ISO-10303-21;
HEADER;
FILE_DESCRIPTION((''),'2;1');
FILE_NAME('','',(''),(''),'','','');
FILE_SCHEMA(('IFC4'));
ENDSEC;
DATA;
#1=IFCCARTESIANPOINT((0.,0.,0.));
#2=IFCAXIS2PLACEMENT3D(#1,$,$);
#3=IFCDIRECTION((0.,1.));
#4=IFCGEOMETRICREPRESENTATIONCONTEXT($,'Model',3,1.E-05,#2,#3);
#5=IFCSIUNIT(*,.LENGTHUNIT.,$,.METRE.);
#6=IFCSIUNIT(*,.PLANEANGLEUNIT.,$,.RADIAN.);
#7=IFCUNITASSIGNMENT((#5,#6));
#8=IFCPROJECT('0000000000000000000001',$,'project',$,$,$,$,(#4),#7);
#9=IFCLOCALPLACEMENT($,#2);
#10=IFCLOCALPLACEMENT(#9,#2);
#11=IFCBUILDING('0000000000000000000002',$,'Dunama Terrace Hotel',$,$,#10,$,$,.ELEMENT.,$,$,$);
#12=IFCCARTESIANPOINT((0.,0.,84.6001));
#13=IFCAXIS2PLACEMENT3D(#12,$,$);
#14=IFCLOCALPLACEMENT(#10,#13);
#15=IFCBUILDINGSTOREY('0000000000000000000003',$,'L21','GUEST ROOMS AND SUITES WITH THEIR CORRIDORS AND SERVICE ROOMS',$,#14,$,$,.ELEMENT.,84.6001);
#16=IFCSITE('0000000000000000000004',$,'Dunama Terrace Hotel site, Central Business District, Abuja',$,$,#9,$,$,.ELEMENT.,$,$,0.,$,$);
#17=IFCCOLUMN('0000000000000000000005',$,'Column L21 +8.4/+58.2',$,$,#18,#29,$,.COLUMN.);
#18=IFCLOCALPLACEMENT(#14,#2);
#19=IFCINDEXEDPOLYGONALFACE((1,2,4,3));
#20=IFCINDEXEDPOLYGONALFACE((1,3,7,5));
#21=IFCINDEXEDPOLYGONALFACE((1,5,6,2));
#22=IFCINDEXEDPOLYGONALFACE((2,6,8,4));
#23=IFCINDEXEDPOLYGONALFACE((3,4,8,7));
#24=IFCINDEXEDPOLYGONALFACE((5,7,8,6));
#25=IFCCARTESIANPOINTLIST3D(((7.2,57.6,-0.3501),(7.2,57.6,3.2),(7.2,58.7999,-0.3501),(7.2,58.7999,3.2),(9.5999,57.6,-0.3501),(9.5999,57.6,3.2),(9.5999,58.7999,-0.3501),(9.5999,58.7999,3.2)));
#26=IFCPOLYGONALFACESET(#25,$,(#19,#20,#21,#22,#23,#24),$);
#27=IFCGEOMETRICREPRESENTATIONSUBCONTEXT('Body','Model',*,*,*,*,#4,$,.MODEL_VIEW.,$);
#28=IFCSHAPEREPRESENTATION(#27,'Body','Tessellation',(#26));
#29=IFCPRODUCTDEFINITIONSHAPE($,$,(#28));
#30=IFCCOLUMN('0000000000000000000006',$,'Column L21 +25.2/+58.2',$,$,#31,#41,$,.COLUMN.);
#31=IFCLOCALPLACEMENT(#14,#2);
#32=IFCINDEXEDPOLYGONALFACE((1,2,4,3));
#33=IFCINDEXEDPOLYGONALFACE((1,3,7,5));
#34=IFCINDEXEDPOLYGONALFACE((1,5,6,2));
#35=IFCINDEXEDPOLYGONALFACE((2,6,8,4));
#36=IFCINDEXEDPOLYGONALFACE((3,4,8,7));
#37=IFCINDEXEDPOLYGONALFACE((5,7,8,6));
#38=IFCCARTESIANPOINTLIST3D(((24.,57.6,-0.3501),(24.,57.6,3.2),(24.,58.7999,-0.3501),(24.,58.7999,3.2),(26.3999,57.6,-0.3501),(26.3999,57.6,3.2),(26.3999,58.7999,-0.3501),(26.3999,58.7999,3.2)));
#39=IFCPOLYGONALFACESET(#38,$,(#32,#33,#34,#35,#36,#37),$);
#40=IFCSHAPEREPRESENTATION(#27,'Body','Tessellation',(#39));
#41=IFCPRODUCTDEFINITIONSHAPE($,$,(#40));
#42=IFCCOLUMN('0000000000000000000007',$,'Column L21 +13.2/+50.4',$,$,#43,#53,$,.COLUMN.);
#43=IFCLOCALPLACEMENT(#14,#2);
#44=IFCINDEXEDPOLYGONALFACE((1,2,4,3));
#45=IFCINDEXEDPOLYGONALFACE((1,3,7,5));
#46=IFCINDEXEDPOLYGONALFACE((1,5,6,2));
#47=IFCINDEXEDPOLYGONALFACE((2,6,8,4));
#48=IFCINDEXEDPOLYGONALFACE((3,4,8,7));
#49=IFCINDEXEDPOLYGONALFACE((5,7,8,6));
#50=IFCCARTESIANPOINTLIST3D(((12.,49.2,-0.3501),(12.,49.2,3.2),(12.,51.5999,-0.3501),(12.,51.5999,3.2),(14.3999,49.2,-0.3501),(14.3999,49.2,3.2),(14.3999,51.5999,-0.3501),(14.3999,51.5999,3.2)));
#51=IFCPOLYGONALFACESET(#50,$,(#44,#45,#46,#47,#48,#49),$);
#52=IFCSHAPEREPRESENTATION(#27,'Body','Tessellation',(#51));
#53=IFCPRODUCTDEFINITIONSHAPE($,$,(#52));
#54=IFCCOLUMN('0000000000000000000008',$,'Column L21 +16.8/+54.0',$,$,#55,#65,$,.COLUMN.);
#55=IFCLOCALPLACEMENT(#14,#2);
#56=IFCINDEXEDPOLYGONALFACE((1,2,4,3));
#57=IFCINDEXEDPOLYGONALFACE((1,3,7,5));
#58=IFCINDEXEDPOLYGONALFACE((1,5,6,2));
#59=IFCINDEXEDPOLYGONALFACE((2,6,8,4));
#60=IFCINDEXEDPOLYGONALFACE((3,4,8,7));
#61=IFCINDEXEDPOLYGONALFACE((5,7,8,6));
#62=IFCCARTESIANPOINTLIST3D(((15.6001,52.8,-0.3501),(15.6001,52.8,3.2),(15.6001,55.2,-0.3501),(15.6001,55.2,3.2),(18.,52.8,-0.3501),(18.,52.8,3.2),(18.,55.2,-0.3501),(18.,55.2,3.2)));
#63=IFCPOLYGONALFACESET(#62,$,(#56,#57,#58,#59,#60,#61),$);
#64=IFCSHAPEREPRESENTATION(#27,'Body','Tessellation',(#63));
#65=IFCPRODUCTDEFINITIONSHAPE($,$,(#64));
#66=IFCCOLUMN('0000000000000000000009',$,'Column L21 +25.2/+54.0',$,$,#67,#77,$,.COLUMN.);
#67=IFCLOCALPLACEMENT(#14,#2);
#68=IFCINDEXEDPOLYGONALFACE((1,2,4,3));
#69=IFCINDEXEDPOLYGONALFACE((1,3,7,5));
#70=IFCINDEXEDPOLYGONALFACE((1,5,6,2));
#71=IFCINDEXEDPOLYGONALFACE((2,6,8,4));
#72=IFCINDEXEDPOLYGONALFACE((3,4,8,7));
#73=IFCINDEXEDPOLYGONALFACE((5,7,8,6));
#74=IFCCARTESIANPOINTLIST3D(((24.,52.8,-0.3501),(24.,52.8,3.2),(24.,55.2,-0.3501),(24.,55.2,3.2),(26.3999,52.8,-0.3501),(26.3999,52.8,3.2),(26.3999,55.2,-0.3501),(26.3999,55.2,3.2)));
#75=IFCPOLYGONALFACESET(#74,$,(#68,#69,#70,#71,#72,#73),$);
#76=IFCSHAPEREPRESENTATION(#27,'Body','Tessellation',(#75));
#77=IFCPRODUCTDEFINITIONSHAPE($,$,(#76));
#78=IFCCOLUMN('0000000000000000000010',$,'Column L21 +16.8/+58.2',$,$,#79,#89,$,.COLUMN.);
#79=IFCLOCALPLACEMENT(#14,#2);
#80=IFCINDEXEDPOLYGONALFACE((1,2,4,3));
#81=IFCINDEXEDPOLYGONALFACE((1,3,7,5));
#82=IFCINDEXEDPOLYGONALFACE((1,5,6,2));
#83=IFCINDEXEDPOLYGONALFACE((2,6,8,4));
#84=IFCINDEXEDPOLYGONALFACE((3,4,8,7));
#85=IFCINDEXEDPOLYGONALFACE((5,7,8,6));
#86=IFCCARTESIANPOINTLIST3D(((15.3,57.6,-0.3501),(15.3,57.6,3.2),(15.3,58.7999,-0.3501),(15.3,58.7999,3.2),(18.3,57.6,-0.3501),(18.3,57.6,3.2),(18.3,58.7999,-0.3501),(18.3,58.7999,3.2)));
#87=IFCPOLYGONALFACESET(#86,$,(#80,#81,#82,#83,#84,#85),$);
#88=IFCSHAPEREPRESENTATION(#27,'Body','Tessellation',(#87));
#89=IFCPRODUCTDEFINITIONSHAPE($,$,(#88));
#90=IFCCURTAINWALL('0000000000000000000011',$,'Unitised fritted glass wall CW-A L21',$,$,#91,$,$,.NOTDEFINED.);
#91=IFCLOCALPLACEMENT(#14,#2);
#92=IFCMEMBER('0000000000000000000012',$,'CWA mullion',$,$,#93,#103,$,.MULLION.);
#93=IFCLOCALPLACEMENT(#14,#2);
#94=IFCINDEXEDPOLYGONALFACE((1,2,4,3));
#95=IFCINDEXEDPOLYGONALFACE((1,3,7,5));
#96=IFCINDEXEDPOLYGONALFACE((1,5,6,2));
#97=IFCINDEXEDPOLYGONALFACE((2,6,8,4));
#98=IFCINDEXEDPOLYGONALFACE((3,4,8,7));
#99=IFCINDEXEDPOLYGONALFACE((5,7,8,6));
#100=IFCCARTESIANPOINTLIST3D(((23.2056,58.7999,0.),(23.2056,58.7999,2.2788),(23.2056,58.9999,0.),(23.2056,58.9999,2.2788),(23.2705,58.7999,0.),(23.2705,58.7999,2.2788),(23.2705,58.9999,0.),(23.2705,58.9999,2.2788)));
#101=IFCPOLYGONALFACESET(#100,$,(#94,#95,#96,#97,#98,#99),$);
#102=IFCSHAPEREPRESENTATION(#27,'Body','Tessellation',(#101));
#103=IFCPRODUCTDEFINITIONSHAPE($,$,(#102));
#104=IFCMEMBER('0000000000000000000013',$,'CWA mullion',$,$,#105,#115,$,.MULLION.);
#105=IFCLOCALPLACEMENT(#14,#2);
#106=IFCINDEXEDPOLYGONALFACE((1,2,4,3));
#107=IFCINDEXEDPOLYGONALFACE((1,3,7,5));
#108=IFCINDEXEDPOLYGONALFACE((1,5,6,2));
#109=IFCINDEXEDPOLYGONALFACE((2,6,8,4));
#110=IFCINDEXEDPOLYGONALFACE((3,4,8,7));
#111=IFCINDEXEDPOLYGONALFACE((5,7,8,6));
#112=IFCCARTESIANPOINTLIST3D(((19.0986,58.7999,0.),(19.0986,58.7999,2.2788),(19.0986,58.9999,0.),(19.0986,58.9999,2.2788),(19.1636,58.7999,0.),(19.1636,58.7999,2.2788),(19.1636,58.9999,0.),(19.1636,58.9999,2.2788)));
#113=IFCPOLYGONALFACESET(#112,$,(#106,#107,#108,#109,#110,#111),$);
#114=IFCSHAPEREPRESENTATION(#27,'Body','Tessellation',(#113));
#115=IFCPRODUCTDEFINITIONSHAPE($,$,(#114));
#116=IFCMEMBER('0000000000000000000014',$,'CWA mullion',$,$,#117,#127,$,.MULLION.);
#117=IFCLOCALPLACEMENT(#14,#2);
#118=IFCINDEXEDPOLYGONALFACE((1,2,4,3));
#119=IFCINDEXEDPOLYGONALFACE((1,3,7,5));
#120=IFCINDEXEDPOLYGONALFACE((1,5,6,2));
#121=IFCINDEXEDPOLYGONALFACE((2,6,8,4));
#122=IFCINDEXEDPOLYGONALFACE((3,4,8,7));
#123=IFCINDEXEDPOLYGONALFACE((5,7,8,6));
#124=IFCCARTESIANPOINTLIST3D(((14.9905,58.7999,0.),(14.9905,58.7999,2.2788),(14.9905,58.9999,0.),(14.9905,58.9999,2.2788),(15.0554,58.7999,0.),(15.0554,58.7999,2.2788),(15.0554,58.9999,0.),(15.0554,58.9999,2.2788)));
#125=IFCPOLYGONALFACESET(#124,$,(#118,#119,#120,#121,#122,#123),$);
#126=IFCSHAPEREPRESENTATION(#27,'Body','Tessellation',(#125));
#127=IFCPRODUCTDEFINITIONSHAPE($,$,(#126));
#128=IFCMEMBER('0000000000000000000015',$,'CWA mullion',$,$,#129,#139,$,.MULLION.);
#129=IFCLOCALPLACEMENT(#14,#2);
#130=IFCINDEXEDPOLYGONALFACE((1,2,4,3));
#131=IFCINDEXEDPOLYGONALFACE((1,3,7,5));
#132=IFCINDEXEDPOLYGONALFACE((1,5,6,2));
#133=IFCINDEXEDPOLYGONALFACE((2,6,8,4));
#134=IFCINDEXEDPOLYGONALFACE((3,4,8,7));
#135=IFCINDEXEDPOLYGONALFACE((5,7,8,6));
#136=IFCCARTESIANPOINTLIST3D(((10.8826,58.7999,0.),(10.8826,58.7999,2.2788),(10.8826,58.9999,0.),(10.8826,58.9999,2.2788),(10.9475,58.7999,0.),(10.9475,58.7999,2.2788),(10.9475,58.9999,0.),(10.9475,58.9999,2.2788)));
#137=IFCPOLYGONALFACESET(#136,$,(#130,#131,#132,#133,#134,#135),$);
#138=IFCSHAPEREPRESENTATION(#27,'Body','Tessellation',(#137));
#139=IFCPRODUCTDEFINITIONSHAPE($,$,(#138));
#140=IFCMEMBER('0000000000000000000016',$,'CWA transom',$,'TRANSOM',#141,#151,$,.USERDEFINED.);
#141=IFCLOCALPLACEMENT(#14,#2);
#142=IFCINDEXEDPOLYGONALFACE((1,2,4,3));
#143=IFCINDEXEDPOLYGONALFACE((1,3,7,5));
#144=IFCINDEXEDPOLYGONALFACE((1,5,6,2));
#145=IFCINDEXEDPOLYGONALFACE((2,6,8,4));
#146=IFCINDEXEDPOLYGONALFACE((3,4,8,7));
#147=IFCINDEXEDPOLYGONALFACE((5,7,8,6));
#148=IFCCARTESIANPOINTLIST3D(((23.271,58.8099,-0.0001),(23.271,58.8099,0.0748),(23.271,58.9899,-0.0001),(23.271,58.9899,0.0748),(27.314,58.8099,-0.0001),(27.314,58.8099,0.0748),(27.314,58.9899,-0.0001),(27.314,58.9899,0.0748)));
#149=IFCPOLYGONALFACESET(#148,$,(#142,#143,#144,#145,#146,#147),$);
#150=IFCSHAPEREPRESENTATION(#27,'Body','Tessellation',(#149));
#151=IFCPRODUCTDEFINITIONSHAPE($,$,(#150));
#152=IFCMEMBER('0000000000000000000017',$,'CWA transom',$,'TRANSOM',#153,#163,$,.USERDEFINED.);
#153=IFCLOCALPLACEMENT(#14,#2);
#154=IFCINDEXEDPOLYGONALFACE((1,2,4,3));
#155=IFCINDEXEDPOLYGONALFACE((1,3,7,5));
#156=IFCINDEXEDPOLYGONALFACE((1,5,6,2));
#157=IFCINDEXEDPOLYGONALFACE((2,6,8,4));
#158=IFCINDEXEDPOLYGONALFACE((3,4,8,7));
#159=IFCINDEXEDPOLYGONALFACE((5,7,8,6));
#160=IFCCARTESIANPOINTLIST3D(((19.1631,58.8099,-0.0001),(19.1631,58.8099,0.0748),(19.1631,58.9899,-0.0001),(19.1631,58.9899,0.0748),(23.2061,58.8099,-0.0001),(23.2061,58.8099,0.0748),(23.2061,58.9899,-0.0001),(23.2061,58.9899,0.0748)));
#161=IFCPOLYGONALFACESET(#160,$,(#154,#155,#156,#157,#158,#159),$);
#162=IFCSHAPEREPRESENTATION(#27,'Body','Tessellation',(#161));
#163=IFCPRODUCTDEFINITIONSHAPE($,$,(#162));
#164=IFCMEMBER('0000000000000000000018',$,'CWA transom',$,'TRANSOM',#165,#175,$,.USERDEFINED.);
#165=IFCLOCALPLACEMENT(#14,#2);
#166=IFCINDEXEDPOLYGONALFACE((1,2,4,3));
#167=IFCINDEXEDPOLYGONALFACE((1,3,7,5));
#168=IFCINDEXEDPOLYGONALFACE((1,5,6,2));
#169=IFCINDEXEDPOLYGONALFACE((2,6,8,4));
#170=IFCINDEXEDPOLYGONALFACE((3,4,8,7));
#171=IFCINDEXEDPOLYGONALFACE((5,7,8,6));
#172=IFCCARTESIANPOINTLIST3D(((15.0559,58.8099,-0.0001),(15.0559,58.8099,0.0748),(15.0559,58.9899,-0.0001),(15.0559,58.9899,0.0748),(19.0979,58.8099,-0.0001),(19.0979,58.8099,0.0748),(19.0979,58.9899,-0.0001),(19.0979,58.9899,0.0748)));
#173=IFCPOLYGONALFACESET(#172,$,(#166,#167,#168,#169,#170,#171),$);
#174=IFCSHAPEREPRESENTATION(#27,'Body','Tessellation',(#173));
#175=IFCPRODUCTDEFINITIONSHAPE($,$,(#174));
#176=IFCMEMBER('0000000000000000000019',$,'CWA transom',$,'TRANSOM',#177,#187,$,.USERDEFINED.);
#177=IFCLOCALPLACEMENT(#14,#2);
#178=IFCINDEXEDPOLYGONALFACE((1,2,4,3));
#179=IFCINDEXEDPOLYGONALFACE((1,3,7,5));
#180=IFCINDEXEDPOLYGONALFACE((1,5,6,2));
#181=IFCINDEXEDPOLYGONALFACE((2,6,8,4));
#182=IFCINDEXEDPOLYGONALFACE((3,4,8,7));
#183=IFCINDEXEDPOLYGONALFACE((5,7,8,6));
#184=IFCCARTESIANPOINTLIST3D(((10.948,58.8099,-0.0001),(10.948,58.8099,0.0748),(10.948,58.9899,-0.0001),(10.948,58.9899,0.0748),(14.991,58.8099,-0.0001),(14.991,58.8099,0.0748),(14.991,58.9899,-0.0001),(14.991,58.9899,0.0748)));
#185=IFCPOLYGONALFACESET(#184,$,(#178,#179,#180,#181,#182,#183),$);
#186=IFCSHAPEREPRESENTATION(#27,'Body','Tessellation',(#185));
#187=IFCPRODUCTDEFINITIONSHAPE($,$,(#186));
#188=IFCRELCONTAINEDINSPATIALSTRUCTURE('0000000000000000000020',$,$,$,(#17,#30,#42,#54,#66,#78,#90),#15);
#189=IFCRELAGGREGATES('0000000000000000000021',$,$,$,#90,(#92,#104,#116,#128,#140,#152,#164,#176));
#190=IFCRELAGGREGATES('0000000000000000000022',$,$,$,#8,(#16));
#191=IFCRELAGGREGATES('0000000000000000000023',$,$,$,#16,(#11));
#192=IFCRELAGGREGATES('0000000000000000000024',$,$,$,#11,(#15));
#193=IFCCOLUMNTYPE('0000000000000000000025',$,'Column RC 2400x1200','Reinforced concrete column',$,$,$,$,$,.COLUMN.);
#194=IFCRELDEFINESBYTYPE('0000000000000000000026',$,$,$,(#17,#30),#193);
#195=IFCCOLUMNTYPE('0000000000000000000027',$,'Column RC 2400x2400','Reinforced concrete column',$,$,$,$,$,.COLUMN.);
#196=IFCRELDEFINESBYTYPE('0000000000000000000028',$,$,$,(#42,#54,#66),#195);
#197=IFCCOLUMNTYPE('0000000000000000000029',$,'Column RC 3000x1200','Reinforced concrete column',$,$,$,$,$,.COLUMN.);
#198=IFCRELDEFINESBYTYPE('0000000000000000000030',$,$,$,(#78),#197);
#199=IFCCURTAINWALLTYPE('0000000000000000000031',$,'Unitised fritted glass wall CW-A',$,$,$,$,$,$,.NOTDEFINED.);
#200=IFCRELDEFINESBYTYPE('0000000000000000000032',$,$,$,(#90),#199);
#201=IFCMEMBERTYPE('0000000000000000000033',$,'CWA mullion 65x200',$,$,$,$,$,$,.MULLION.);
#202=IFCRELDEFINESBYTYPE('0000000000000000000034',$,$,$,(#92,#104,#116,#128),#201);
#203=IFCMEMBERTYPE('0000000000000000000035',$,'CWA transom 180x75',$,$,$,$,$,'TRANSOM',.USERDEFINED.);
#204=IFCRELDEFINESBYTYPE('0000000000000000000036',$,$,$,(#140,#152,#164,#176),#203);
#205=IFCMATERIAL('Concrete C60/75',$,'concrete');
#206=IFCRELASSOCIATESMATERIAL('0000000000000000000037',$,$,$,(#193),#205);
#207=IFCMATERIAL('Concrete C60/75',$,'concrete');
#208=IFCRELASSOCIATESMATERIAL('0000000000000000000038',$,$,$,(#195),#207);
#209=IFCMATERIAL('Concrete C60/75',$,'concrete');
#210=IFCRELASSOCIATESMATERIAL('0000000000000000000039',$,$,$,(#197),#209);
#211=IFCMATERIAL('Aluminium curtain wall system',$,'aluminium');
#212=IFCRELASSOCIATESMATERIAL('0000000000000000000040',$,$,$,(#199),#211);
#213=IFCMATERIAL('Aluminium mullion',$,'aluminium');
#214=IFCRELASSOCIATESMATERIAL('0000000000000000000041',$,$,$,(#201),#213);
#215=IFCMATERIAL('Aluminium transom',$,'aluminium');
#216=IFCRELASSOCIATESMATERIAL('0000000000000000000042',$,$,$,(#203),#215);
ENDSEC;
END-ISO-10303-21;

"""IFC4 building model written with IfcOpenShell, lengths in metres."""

from ifc_helpers import new_model, si_unit, direction, frame, origin, origin_2d, place, context, subcontext, project, spatial, rectangle, extrude, material, material_profile, profile_set, type_object, element, aggregate, save


model = new_model("IFC4")

# Units and contexts
model_context = context("Model", 3, precision=1e-05, world=origin(), true_north=direction((0.0, 1.0)))
body_context = subcontext(model_context, "Body", "Model", "MODEL_VIEW")
ifc_project = project(units=[si_unit("LENGTHUNIT", "METRE"), si_unit("PLANEANGLEUNIT", "RADIAN")], contexts=[model_context])

# Site, building, storey
site_placement = place(None, origin())
site = spatial("IfcSite", under=ifc_project, at=site_placement, Name="Dunama Terrace Hotel site, Central Business District, Abuja", CompositionType="ELEMENT", RefElevation=0.0)
building_placement = place(site_placement, origin())
building = spatial("IfcBuilding", under=site, at=building_placement, Name="Dunama Terrace Hotel", CompositionType="ELEMENT")
storey_placement = place(building_placement, frame((0.0, 0.0, 84.6001)))
storey = spatial("IfcBuildingStorey", under=building, at=storey_placement, Name="L21", Description="GUEST ROOMS AND SUITES WITH THEIR CORRIDORS AND SERVICE ROOMS", CompositionType="ELEMENT", Elevation=84.6001)

# Columns
ifc_material_1 = material(Name="Concrete C60/75", Category="concrete")
ifc_material_profile_1 = material_profile(ifc_material_1, rectangle(XDim=2.3999, YDim=1.2, at=origin_2d()), Name="RC 2400x1200")
ifc_profile_set_1 = profile_set([ifc_material_profile_1], Name="Concrete C60/75")
column_type_1 = type_object("IfcColumnType", Name="Column RC 2400x1200", Description="Reinforced concrete column", PredefinedType="COLUMN", material=ifc_profile_set_1)
for number, where, z_axis, x_axis, name in (
    (1, (8.3999, 58.2, -0.3501), (0.0, 0.0, 1.0), (1.0, 0.0, 0.0), "Column L21 +8.4/+58.2"),
    (2, (25.2, 58.2, -0.3501), (0.0, 0.0, 1.0), (1.0, 0.0, 0.0), "Column L21 +25.2/+58.2"),
):
    element("IfcColumn", number, at=place(storey_placement, frame(where, z_axis=z_axis, x_axis=x_axis)), inside=storey, type_object=column_type_1, Name=name, PredefinedType="COLUMN", context=body_context, shape_type="SweptSolid", body=[
        extrude(rectangle(XDim=2.3999, YDim=1.2, at=origin_2d()), origin(), (0.0, 0.0, 1.0), 3.55),
    ])
ifc_material_2 = material(Name="Concrete C60/75", Category="concrete")
ifc_material_profile_2 = material_profile(ifc_material_2, rectangle(XDim=2.3999, YDim=2.3999, at=origin_2d()), Name="RC 2400x2400")
ifc_profile_set_2 = profile_set([ifc_material_profile_2], Name="Concrete C60/75")
column_type_2 = type_object("IfcColumnType", Name="Column RC 2400x2400", Description="Reinforced concrete column", PredefinedType="COLUMN", material=ifc_profile_set_2)
for number, where, z_axis, x_axis, name in (
    (3, (13.2, 50.3999, -0.3501), (0.0, 0.0, 1.0), (1.0, 0.0, 0.0), "Column L21 +13.2/+50.4"),
    (4, (16.8, 54.0, -0.3501), (0.0, 0.0, 1.0), (1.0, 0.0, 0.0), "Column L21 +16.8/+54.0"),
    (5, (25.2, 54.0, -0.3501), (0.0, 0.0, 1.0), (1.0, 0.0, 0.0), "Column L21 +25.2/+54.0"),
):
    element("IfcColumn", number, at=place(storey_placement, frame(where, z_axis=z_axis, x_axis=x_axis)), inside=storey, type_object=column_type_2, Name=name, PredefinedType="COLUMN", context=body_context, shape_type="SweptSolid", body=[
        extrude(rectangle(XDim=2.3999, YDim=2.3999, at=origin_2d()), origin(), (0.0, 0.0, 1.0), 3.55),
    ])
ifc_material_3 = material(Name="Concrete C60/75", Category="concrete")
ifc_material_profile_3 = material_profile(ifc_material_3, rectangle(XDim=3.0, YDim=1.2, at=origin_2d()), Name="RC 3000x1200")
ifc_profile_set_3 = profile_set([ifc_material_profile_3], Name="Concrete C60/75")
column_type_3 = type_object("IfcColumnType", Name="Column RC 3000x1200", Description="Reinforced concrete column", PredefinedType="COLUMN", material=ifc_profile_set_3)
column_placement = place(storey_placement, frame((16.8, 58.2, -0.3501), z_axis=(0.0, 0.0, 1.0), x_axis=(1.0, 0.0, 0.0)))
element("IfcColumn", 6, at=column_placement, inside=storey, type_object=column_type_3, Name="Column L21 +16.8/+58.2", PredefinedType="COLUMN", context=body_context, shape_type="SweptSolid", body=[
    extrude(rectangle(XDim=3.0, YDim=1.2, at=origin_2d()), origin(), (0.0, 0.0, 1.0), 3.55),
])

# Curtain wall, members
ifc_material_4 = material(Name="Aluminium curtain wall system", Category="aluminium")
curtain_wall_type = type_object("IfcCurtainWallType", Name="Unitised fritted glass wall CW-A", PredefinedType="NOTDEFINED", material=ifc_material_4)
curtain_wall_placement = place(storey_placement, origin())
curtain_wall = element("IfcCurtainWall", 7, at=curtain_wall_placement, inside=storey, type_object=curtain_wall_type, Name="Unitised fritted glass wall CW-A L21", PredefinedType="NOTDEFINED")
ifc_material_5 = material(Name="Aluminium mullion", Category="aluminium")
ifc_material_profile_4 = material_profile(ifc_material_5, rectangle(XDim=0.0649, YDim=0.2, at=origin_2d()), Name="CWA MULLION 65X200")
ifc_profile_set_4 = profile_set([ifc_material_profile_4], Name="Aluminium mullion")
member_type_1 = type_object("IfcMemberType", Name="CWA mullion 65x200", PredefinedType="MULLION", material=ifc_profile_set_4)
member_1_placement = place(storey_placement, frame((23.238, 58.8999, 0.0), z_axis=(0.0, 0.0, 1.0), x_axis=(-1.0, 0.0, 0.0)))
member_1 = element("IfcMember", 8, at=member_1_placement, type_object=member_type_1, Name="CWA mullion", PredefinedType="MULLION", context=body_context, shape_type="SweptSolid", body=[
    extrude(rectangle(XDim=0.0649, YDim=0.2, at=origin_2d()), origin(), (0.0, 0.0, 1.0), 2.2788),
])
member_2_placement = place(storey_placement, frame((19.1311, 58.8999, 0.0), z_axis=(0.0, 0.0, 1.0), x_axis=(-1.0, 0.0, 0.0)))
member_2 = element("IfcMember", 9, at=member_2_placement, type_object=member_type_1, Name="CWA mullion", PredefinedType="MULLION", context=body_context, shape_type="SweptSolid", body=[
    extrude(rectangle(XDim=0.0649, YDim=0.2, at=origin_2d()), origin(), (0.0, 0.0, 1.0), 2.2788),
])
member_3_placement = place(storey_placement, frame((15.0229, 58.8999, 0.0), z_axis=(0.0, 0.0, 1.0), x_axis=(-1.0, 0.0, 0.0)))
member_3 = element("IfcMember", 10, at=member_3_placement, type_object=member_type_1, Name="CWA mullion", PredefinedType="MULLION", context=body_context, shape_type="SweptSolid", body=[
    extrude(rectangle(XDim=0.0649, YDim=0.2, at=origin_2d()), origin(), (0.0, 0.0, 1.0), 2.2788),
])
member_4_placement = place(storey_placement, frame((10.915, 58.8999, 0.0), z_axis=(0.0, 0.0, 1.0), x_axis=(-1.0, 0.0, 0.0)))
member_4 = element("IfcMember", 11, at=member_4_placement, type_object=member_type_1, Name="CWA mullion", PredefinedType="MULLION", context=body_context, shape_type="SweptSolid", body=[
    extrude(rectangle(XDim=0.0649, YDim=0.2, at=origin_2d()), origin(), (0.0, 0.0, 1.0), 2.2788),
])
ifc_material_6 = material(Name="Aluminium transom", Category="aluminium")
ifc_material_profile_5 = material_profile(ifc_material_6, rectangle(XDim=0.1799, YDim=0.075, at=origin_2d()), Name="CWA TRANSOM 180X75")
ifc_profile_set_5 = profile_set([ifc_material_profile_5], Name="Aluminium transom")
member_type_2 = type_object("IfcMemberType", Name="CWA transom 180x75", ElementType="TRANSOM", PredefinedType="USERDEFINED", material=ifc_profile_set_5)
member_5_placement = place(storey_placement, frame((27.314, 58.8999, 0.0374), z_axis=(-1.0, 0.0, 0.0), x_axis=(0.0, -1.0, 0.0)))
member_5 = element("IfcMember", 12, at=member_5_placement, type_object=member_type_2, Name="CWA transom", ObjectType="TRANSOM", PredefinedType="USERDEFINED", context=body_context, shape_type="SweptSolid", body=[
    extrude(rectangle(XDim=0.1799, YDim=0.075, at=origin_2d()), origin(), (0.0, 0.0, 1.0), 4.043),
])
member_6_placement = place(storey_placement, frame((23.2061, 58.8999, 0.0374), z_axis=(-1.0, 0.0, 0.0), x_axis=(0.0, -1.0, 0.0)))
member_6 = element("IfcMember", 13, at=member_6_placement, type_object=member_type_2, Name="CWA transom", ObjectType="TRANSOM", PredefinedType="USERDEFINED", context=body_context, shape_type="SweptSolid", body=[
    extrude(rectangle(XDim=0.1799, YDim=0.075, at=origin_2d()), origin(), (0.0, 0.0, 1.0), 4.043),
])
member_7_placement = place(storey_placement, frame((19.0979, 58.8999, 0.0374), z_axis=(-1.0, 0.0, 0.0), x_axis=(0.0, -1.0, 0.0)))
member_7 = element("IfcMember", 14, at=member_7_placement, type_object=member_type_2, Name="CWA transom", ObjectType="TRANSOM", PredefinedType="USERDEFINED", context=body_context, shape_type="SweptSolid", body=[
    extrude(rectangle(XDim=0.1799, YDim=0.075, at=origin_2d()), origin(), (0.0, 0.0, 1.0), 4.042),
])
member_8_placement = place(storey_placement, frame((14.991, 58.8999, 0.0374), z_axis=(-1.0, 0.0, 0.0), x_axis=(0.0, -1.0, 0.0)))
member_8 = element("IfcMember", 15, at=member_8_placement, type_object=member_type_2, Name="CWA transom", ObjectType="TRANSOM", PredefinedType="USERDEFINED", context=body_context, shape_type="SweptSolid", body=[
    extrude(rectangle(XDim=0.1799, YDim=0.075, at=origin_2d()), origin(), (0.0, 0.0, 1.0), 4.043),
])

aggregate(curtain_wall, [member_1, member_2, member_3, member_4, member_5, member_6, member_7, member_8])

save(model, "model.ifc")
